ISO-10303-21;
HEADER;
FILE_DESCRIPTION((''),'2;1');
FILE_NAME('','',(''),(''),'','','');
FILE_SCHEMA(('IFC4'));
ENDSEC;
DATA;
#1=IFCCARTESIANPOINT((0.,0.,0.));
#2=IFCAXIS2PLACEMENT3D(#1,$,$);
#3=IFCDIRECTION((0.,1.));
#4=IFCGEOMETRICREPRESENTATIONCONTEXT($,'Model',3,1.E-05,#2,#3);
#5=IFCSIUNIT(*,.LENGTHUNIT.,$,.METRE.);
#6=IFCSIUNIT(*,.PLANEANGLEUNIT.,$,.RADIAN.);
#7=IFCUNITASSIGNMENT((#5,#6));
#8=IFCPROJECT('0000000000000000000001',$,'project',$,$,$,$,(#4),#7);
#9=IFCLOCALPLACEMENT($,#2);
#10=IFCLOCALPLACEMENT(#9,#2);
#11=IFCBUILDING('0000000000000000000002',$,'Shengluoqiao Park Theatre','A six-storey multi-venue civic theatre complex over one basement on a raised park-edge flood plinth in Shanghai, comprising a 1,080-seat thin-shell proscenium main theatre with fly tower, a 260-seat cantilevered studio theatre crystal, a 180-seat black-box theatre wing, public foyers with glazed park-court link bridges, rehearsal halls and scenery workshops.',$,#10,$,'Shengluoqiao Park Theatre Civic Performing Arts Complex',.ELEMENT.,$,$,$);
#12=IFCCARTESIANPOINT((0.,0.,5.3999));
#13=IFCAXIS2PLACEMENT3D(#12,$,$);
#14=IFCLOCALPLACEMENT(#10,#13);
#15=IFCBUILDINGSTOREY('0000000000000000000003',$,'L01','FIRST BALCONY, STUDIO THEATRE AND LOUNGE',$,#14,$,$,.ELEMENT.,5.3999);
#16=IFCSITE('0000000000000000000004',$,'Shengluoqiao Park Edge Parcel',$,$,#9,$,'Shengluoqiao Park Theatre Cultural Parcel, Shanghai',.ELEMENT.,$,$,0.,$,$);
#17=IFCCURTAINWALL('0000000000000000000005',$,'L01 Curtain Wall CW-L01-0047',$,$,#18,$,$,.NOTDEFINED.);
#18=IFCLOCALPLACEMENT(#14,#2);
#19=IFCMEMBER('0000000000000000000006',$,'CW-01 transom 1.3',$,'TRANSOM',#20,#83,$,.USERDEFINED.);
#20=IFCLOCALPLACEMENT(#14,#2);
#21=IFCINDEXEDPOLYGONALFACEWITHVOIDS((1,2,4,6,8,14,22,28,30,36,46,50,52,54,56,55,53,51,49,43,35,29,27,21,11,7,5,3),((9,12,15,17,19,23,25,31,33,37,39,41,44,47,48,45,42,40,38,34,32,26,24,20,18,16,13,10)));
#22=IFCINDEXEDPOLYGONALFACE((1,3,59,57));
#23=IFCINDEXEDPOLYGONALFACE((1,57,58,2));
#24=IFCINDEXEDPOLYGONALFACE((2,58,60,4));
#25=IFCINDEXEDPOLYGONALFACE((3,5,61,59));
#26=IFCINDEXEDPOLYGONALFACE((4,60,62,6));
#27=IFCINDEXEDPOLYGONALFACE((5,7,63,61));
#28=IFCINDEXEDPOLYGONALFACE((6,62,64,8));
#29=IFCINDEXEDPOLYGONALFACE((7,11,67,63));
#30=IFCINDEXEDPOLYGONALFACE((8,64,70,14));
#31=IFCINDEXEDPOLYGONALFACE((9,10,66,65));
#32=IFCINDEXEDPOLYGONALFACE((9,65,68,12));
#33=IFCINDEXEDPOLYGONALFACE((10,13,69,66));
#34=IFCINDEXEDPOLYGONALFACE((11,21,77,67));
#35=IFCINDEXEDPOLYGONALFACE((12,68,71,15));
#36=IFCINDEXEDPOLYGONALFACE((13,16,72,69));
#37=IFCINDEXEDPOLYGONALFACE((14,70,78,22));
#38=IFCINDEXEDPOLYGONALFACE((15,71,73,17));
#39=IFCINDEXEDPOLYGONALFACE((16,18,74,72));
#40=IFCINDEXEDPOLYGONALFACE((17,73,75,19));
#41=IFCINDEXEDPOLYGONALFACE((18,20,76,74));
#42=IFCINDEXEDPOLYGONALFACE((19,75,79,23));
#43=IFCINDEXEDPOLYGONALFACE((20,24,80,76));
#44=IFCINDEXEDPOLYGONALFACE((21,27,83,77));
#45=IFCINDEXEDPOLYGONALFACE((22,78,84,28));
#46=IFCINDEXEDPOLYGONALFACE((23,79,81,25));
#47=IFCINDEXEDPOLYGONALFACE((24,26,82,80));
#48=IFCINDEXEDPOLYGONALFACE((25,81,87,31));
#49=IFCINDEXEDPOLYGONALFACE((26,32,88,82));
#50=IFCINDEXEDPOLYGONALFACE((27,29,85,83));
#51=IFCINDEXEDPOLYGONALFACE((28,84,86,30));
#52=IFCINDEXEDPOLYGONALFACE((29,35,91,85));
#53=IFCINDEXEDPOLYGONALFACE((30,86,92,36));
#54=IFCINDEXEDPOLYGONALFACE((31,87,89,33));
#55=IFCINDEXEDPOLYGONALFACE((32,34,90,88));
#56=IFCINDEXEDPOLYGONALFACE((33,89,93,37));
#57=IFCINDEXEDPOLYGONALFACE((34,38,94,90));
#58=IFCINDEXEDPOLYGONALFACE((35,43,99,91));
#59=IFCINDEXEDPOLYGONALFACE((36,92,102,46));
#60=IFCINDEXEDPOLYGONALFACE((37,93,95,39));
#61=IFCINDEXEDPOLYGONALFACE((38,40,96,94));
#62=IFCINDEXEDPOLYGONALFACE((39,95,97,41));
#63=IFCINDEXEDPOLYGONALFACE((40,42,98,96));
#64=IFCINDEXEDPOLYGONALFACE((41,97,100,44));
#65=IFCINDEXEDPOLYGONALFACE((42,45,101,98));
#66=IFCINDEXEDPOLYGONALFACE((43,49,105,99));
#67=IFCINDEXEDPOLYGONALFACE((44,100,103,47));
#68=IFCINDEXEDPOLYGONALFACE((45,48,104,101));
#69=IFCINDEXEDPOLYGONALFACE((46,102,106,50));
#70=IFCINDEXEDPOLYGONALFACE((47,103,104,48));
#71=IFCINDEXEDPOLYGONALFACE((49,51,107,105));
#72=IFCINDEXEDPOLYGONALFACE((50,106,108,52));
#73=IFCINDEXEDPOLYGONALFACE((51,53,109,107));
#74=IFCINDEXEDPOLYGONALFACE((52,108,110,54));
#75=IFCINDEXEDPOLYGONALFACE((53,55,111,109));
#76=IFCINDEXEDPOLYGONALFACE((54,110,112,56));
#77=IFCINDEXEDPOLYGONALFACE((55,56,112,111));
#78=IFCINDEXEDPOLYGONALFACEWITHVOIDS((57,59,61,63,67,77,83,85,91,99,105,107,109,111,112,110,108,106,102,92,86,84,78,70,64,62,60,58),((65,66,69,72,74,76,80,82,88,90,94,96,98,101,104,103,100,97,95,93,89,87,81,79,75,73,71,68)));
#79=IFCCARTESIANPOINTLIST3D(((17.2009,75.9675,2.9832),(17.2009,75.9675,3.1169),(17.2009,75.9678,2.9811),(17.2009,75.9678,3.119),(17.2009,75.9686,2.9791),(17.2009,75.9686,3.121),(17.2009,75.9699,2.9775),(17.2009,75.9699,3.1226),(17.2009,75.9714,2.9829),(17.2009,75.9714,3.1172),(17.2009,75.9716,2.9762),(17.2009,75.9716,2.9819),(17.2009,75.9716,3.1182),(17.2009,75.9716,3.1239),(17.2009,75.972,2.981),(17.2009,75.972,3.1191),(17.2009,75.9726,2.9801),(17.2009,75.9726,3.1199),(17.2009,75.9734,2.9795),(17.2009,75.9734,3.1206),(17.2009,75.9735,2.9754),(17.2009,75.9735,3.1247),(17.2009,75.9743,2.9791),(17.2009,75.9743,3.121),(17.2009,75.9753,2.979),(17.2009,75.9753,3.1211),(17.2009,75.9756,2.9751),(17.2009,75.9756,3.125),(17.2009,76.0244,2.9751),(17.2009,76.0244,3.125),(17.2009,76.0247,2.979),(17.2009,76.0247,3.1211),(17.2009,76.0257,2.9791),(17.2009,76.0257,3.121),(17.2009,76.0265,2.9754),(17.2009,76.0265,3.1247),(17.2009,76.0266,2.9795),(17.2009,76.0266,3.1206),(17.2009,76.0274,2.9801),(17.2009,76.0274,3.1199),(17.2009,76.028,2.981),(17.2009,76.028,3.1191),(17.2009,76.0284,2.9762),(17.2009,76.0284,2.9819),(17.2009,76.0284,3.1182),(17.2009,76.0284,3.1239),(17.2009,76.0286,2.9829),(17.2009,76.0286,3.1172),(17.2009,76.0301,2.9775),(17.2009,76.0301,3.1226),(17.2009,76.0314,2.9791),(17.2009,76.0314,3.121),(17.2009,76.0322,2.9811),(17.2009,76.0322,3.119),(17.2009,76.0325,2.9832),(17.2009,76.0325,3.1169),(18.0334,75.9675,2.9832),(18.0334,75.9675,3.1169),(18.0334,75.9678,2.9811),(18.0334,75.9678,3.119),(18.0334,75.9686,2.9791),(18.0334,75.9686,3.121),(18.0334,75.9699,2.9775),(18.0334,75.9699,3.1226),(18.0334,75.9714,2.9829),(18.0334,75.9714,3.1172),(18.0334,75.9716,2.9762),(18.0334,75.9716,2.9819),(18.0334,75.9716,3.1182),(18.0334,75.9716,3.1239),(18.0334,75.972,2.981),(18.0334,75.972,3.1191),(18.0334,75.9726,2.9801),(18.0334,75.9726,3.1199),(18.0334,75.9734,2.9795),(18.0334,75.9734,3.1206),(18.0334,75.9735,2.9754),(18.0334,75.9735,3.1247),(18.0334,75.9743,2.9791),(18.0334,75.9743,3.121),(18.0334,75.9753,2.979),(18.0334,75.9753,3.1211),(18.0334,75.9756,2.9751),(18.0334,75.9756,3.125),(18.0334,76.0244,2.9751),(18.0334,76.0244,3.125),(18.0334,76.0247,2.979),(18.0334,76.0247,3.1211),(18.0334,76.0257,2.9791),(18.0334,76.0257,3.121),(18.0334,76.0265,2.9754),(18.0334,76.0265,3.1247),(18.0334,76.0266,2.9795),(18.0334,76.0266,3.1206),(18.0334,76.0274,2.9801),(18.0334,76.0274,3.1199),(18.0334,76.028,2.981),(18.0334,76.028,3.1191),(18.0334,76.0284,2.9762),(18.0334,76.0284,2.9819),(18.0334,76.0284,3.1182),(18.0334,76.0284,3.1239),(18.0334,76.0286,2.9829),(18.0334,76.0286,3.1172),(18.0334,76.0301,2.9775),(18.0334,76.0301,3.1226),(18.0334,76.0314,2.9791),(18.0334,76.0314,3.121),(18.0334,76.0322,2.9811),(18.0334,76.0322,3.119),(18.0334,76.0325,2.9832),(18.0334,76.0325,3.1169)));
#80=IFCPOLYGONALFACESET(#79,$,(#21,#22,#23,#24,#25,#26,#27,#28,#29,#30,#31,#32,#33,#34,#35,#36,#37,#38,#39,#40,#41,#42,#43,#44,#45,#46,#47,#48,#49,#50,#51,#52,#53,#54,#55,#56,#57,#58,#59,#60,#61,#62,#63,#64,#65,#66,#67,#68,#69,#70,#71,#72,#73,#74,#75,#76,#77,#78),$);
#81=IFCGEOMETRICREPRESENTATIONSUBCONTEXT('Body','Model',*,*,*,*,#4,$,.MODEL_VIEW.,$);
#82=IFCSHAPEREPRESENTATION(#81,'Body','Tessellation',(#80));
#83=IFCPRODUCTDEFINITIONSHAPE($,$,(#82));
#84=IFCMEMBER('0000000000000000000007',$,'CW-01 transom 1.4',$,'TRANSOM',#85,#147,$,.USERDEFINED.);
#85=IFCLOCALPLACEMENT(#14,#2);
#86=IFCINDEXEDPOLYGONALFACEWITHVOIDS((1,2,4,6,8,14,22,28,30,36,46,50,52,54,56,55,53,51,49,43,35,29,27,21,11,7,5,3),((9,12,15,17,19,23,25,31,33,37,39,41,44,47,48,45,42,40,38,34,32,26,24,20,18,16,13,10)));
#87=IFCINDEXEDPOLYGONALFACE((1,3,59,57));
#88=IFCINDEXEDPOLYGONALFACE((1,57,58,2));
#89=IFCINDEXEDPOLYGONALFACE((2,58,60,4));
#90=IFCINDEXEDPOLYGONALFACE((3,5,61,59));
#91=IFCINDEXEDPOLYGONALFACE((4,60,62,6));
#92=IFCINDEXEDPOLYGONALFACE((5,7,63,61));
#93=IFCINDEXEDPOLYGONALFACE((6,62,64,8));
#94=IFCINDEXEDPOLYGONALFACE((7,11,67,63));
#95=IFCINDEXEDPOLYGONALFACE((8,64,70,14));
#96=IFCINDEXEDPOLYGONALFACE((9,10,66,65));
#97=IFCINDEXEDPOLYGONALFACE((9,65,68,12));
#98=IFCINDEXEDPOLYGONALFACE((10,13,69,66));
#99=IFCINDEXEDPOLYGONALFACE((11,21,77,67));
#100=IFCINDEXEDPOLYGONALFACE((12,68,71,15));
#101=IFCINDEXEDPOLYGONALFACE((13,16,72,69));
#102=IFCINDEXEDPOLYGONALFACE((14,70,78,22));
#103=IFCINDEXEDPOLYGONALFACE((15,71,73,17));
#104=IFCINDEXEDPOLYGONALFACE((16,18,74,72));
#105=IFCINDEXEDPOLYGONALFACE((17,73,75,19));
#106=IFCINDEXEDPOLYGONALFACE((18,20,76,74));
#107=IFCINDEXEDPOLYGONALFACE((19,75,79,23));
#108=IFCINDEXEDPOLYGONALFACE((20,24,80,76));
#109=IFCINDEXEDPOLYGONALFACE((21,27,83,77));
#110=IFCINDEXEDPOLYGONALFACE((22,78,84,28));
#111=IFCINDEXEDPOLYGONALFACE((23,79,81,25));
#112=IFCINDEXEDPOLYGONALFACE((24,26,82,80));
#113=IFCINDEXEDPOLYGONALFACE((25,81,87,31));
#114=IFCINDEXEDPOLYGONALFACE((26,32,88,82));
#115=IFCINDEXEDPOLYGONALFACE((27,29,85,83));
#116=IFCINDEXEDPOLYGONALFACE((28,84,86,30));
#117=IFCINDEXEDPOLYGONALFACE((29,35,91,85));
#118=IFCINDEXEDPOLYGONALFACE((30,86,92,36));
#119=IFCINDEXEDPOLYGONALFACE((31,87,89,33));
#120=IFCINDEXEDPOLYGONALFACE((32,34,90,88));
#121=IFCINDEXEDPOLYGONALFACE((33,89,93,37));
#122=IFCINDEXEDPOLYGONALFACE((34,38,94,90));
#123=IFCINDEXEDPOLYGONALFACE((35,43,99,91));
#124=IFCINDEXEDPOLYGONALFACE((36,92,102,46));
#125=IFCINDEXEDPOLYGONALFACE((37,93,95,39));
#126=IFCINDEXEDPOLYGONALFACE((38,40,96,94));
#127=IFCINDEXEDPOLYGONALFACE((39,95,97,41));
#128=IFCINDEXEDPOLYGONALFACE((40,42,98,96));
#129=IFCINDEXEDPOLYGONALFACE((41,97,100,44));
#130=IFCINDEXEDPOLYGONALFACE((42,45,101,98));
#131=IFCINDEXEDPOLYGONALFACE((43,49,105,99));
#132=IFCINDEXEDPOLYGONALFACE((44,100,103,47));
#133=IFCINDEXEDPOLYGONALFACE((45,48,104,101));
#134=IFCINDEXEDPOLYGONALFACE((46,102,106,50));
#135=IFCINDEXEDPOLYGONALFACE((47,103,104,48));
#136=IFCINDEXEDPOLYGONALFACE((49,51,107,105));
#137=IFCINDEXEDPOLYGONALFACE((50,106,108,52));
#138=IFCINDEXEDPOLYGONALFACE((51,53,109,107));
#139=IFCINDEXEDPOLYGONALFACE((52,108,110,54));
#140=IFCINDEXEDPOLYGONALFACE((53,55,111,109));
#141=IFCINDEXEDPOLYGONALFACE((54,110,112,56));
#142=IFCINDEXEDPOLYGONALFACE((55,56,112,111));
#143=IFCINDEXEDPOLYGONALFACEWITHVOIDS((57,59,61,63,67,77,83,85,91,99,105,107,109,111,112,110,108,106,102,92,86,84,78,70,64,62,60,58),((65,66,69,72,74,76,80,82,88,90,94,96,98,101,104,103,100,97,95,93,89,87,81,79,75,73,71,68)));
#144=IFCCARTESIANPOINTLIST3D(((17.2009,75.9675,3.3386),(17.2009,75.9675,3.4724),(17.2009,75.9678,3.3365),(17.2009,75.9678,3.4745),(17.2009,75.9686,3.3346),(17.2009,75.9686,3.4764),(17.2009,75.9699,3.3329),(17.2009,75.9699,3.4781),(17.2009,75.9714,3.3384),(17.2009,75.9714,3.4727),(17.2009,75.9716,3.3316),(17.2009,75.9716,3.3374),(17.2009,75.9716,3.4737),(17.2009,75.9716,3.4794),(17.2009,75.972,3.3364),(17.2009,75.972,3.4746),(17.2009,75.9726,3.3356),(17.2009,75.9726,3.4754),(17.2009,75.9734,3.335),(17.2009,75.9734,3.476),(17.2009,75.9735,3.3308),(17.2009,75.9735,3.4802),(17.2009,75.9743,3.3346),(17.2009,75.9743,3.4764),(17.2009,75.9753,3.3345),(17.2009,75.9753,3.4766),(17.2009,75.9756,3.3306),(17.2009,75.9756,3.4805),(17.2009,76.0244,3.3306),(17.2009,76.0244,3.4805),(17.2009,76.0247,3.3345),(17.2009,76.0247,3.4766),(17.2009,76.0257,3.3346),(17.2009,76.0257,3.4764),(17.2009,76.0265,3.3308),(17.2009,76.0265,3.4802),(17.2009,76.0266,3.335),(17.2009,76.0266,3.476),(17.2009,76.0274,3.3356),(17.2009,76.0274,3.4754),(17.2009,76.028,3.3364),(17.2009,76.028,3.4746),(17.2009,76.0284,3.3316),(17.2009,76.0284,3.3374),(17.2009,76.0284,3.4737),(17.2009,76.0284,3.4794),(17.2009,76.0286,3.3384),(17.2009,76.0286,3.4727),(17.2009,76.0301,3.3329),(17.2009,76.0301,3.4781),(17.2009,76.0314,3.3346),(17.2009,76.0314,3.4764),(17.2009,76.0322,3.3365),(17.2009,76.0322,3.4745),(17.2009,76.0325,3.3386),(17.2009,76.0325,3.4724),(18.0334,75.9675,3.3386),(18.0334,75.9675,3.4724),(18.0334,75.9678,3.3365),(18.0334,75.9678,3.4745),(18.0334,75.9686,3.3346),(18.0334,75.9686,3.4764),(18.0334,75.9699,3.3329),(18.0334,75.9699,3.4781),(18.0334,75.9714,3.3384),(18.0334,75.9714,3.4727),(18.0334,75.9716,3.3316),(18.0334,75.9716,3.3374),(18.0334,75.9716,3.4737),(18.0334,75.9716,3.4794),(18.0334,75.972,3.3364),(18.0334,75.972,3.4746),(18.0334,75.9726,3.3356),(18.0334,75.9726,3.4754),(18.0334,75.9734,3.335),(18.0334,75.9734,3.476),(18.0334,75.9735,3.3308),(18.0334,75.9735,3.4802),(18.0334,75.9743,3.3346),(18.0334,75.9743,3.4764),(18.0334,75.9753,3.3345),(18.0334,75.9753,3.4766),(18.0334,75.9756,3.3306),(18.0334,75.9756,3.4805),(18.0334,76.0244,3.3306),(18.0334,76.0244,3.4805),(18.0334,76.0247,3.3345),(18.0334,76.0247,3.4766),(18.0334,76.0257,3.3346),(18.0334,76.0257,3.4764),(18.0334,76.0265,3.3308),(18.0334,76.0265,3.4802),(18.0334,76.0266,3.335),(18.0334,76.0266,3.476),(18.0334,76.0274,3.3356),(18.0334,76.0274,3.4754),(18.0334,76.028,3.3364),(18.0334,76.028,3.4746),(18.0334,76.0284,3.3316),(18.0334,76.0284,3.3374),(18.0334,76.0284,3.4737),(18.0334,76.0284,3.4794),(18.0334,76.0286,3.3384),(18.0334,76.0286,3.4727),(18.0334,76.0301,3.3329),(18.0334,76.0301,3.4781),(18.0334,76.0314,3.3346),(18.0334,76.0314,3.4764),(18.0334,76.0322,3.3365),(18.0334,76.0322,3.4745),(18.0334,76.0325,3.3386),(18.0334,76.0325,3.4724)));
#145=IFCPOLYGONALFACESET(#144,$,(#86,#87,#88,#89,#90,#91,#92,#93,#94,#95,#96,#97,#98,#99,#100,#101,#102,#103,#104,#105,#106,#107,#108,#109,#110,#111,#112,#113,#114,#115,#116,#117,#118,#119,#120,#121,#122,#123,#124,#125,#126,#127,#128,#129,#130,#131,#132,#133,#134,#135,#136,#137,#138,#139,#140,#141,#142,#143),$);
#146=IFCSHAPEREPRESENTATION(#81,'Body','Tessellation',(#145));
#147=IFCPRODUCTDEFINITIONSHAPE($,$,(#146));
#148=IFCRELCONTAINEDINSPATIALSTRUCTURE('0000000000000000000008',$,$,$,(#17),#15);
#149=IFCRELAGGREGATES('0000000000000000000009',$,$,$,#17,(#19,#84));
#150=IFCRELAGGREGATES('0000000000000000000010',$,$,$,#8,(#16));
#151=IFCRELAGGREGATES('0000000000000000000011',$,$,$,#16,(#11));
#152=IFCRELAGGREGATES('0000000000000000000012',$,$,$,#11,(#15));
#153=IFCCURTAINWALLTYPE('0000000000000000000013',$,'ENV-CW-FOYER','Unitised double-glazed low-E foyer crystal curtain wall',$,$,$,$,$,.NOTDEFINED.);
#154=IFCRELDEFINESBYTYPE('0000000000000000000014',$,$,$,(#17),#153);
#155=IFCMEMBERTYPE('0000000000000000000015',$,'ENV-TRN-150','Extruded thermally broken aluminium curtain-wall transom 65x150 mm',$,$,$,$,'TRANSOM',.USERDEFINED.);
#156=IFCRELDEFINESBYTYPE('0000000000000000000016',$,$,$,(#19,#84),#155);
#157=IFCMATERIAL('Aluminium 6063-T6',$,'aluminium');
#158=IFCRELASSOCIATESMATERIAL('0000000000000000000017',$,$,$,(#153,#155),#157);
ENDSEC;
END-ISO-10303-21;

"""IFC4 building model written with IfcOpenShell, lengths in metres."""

from ifc_helpers import new_model, si_unit, direction, frame, origin, origin_2d, place, context, subcontext, project, spatial, hollow_rectangle, extrude, material, material_profile, profile_set, type_object, element, aggregate, save


model = new_model("IFC4")

# Units and contexts
model_context = context("Model", 3, precision=1e-05, world=origin(), true_north=direction((0.0, 1.0)))
body_context = subcontext(model_context, "Body", "Model", "MODEL_VIEW")
ifc_project = project(units=[si_unit("LENGTHUNIT", "METRE"), si_unit("PLANEANGLEUNIT", "RADIAN")], contexts=[model_context])

# Site, building, storey
site_placement = place(None, origin())
site = spatial("IfcSite", under=ifc_project, at=site_placement, Name="Shengluoqiao Park Edge Parcel", LongName="Shengluoqiao Park Theatre Cultural Parcel, Shanghai", CompositionType="ELEMENT", RefElevation=0.0)
building_placement = place(site_placement, origin())
building = spatial("IfcBuilding", under=site, at=building_placement, Name="Shengluoqiao Park Theatre", Description="A six-storey multi-venue civic theatre complex over one basement on a raised park-edge flood plinth in Shanghai, comprising a 1,080-seat thin-shell proscenium main theatre with fly tower, a 260-seat cantilevered studio theatre crystal, a 180-seat black-box theatre wing, public foyers with glazed park-court link bridges, rehearsal halls and scenery workshops.", LongName="Shengluoqiao Park Theatre Civic Performing Arts Complex", CompositionType="ELEMENT")
storey_placement = place(building_placement, frame((0.0, 0.0, 5.3999)))
storey = spatial("IfcBuildingStorey", under=building, at=storey_placement, Name="L01", Description="FIRST BALCONY, STUDIO THEATRE AND LOUNGE", CompositionType="ELEMENT", Elevation=5.3999)

# Shared definitions
ifc_material_1 = material(Name="Aluminium 6063-T6", Category="aluminium")
curtain_wall_type = type_object("IfcCurtainWallType", Name="ENV-CW-FOYER", Description="Unitised double-glazed low-E foyer crystal curtain wall", PredefinedType="NOTDEFINED", material=ifc_material_1)

# Curtain wall
curtain_wall_1_placement = place(storey_placement, origin())
curtain_wall_1 = element("IfcCurtainWall", 1, at=curtain_wall_1_placement, inside=storey, type_object=curtain_wall_type, Name="L01 Curtain Wall CW-L01-0047", PredefinedType="NOTDEFINED")

# Members
ifc_material_profile_1 = material_profile(ifc_material_1, hollow_rectangle(XDim=0.0649, YDim=0.1499, WallThickness=0.0039, InnerFilletRadius=0.0039, OuterFilletRadius=0.0081, at=origin_2d()), Name="ALU TRANSOM 150x65x4")
ifc_profile_set_1 = profile_set([ifc_material_profile_1], Name="Aluminium 6063-T6")
member_type_1 = type_object("IfcMemberType", Name="ENV-TRN-150", Description="Extruded thermally broken aluminium curtain-wall transom 65x150 mm", ElementType="TRANSOM", PredefinedType="USERDEFINED", material=ifc_profile_set_1)
member_1_placement = place(storey_placement, frame((17.2009, 76.0, 3.05), z_axis=(1.0, 0.0, 0.0), x_axis=(0.0, 1.0, 0.0)))
member_1 = element("IfcMember", 2, at=member_1_placement, type_object=member_type_1, Name="CW-01 transom 1.3", ObjectType="TRANSOM", PredefinedType="USERDEFINED", context=body_context, shape_type="SweptSolid", body=[
    extrude(hollow_rectangle(XDim=0.0649, YDim=0.1499, WallThickness=0.0039, InnerFilletRadius=0.0039, OuterFilletRadius=0.0081, at=origin_2d()), origin(), (0.0, 0.0, 1.0), 0.8325),
])
member_2_placement = place(storey_placement, frame((17.2009, 76.0, 3.4055), z_axis=(1.0, 0.0, 0.0), x_axis=(0.0, 1.0, 0.0)))
member_2 = element("IfcMember", 3, at=member_2_placement, type_object=member_type_1, Name="CW-01 transom 1.4", ObjectType="TRANSOM", PredefinedType="USERDEFINED", context=body_context, shape_type="SweptSolid", body=[
    extrude(hollow_rectangle(XDim=0.0649, YDim=0.1499, WallThickness=0.0039, InnerFilletRadius=0.0039, OuterFilletRadius=0.0081, at=origin_2d()), origin(), (0.0, 0.0, 1.0), 0.8325),
])

aggregate(curtain_wall_1, [member_1, member_2])

save(model, "model.ifc")
